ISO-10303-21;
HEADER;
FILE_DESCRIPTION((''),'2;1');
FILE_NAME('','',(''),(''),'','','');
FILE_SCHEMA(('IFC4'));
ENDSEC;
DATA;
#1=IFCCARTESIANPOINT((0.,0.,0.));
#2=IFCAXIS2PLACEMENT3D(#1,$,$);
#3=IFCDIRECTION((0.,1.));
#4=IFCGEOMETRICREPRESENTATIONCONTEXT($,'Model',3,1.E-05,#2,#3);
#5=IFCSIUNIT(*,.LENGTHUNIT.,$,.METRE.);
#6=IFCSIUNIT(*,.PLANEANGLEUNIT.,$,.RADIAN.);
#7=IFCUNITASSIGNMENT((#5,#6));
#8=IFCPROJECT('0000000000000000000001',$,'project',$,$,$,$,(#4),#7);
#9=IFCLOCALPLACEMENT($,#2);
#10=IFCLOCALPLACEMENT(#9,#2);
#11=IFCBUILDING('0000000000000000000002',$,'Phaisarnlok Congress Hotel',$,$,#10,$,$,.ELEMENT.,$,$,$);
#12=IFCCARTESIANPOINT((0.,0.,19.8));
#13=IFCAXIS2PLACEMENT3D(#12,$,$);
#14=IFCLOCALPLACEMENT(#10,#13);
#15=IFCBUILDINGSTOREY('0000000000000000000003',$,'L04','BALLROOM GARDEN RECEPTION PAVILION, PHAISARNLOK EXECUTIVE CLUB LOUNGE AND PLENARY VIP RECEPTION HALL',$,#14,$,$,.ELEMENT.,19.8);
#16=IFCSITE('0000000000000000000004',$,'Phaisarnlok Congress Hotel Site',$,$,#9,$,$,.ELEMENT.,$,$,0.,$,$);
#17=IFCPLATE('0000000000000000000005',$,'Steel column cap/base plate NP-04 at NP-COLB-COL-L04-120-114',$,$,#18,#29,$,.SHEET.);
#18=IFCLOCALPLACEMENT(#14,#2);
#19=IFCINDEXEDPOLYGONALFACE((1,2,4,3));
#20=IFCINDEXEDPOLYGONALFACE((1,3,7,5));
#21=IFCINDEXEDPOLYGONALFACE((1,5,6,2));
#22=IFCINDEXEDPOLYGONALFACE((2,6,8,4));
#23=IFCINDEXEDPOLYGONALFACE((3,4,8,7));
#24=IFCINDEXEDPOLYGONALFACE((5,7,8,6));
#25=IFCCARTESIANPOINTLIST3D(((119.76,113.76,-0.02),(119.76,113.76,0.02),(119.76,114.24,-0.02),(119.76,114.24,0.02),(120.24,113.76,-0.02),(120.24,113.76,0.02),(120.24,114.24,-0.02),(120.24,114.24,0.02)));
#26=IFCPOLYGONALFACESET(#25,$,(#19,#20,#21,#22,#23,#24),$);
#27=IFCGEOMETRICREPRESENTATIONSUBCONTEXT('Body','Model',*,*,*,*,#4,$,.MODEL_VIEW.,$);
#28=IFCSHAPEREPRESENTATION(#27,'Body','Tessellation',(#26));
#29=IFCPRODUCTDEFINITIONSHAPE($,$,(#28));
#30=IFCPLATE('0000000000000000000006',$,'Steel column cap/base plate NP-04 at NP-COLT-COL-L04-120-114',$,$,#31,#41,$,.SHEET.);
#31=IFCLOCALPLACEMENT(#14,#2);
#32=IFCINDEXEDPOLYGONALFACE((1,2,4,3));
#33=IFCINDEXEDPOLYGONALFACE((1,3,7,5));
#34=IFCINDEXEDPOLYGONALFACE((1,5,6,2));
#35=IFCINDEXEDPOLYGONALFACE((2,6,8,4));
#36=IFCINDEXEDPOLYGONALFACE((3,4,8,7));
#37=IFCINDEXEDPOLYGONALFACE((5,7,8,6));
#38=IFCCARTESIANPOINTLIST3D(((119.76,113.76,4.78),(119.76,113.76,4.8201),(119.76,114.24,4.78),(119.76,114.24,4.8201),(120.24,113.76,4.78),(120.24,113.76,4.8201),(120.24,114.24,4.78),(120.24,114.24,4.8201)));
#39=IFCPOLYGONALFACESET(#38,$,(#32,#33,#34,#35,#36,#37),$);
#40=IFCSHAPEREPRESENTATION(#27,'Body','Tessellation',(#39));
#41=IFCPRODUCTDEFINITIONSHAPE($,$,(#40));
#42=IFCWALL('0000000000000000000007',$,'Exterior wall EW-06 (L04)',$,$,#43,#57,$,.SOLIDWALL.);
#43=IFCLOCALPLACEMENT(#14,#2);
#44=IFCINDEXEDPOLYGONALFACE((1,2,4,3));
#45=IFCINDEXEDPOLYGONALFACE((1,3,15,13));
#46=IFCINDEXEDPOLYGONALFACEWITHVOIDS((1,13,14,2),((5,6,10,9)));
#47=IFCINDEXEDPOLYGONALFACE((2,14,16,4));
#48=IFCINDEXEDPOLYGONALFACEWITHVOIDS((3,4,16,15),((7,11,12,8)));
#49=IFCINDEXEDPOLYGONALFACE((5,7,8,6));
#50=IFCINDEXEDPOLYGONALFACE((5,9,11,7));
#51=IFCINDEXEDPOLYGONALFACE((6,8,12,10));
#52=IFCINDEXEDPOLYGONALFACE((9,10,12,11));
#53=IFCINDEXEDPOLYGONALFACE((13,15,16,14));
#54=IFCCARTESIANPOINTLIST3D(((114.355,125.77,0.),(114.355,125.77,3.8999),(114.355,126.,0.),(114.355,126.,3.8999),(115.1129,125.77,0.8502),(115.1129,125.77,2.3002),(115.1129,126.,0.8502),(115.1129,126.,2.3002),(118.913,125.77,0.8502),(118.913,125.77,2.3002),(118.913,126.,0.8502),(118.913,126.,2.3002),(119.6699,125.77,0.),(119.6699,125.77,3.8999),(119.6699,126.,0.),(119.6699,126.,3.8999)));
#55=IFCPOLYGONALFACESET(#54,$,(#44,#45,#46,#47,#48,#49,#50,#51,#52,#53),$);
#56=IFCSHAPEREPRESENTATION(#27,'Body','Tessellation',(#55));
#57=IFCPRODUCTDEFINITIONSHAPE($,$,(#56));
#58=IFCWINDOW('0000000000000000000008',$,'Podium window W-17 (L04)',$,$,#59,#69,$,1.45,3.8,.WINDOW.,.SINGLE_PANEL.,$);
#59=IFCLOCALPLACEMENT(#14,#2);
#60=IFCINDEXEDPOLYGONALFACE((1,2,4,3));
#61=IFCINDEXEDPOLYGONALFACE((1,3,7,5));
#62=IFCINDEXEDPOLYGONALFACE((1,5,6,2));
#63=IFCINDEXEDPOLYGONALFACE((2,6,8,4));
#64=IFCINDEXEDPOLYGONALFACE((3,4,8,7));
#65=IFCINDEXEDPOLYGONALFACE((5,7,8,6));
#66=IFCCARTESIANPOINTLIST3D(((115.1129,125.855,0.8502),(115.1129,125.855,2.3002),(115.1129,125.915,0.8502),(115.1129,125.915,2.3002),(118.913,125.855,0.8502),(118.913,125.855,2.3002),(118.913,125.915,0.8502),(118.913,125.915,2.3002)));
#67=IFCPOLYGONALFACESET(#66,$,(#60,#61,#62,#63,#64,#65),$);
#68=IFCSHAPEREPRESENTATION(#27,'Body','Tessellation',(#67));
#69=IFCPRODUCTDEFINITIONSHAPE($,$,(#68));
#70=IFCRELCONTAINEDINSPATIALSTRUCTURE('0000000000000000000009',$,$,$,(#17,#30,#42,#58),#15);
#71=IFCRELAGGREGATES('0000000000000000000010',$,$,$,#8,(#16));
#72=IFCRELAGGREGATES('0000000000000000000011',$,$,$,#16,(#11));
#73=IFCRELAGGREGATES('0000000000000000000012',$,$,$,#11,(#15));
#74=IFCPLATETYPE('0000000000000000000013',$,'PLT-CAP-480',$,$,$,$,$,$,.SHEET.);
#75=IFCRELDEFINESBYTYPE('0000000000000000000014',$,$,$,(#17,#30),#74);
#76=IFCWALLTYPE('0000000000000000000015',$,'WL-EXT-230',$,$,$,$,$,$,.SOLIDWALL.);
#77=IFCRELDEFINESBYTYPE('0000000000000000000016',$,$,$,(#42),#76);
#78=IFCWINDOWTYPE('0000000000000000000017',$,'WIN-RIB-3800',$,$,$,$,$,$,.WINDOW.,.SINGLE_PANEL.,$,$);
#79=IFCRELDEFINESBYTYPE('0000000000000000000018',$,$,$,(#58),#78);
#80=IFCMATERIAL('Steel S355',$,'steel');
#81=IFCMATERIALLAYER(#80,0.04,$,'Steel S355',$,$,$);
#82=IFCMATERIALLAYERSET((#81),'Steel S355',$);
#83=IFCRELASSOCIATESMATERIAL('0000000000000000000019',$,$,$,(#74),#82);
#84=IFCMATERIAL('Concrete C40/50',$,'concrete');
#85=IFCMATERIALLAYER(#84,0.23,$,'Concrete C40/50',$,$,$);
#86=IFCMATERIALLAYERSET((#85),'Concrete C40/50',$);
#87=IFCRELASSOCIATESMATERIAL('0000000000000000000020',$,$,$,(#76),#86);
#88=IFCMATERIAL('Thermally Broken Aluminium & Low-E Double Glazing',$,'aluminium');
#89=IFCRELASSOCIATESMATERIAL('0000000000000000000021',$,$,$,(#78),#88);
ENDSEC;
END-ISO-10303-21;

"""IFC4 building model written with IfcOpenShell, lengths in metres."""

from ifc_helpers import new_model, si_unit, direction, frame, frame_2d, origin, origin_2d, place, context, subcontext, project, spatial, rectangle, extrude, material, layer, layer_set, type_object, element, fill, save


model = new_model("IFC4")

# Units and contexts
model_context = context("Model", 3, precision=1e-05, world=origin(), true_north=direction((0.0, 1.0)))
body_context = subcontext(model_context, "Body", "Model", "MODEL_VIEW")
ifc_project = project(units=[si_unit("LENGTHUNIT", "METRE"), si_unit("PLANEANGLEUNIT", "RADIAN")], contexts=[model_context])

# Site, building, storey
site_placement = place(None, origin())
site = spatial("IfcSite", under=ifc_project, at=site_placement, Name="Phaisarnlok Congress Hotel Site", CompositionType="ELEMENT", RefElevation=0.0)
building_placement = place(site_placement, origin())
building = spatial("IfcBuilding", under=site, at=building_placement, Name="Phaisarnlok Congress Hotel", CompositionType="ELEMENT")
storey_placement = place(building_placement, frame((0.0, 0.0, 19.8)))
storey = spatial("IfcBuildingStorey", under=building, at=storey_placement, Name="L04", Description="BALLROOM GARDEN RECEPTION PAVILION, PHAISARNLOK EXECUTIVE CLUB LOUNGE AND PLENARY VIP RECEPTION HALL", CompositionType="ELEMENT", Elevation=19.8)

# Shared definitions
ifc_material_1 = material(Name="Steel S355", Category="steel")

# Shared definitions
ifc_material_2 = material(Name="Concrete C40/50", Category="concrete")

# Plates
ifc_layer_1 = layer(ifc_material_1, 0.04, Name="Steel S355")
ifc_layer_set_1 = layer_set([ifc_layer_1], Name="Steel S355")
plate_type_1 = type_object("IfcPlateType", Name="PLT-CAP-480", PredefinedType="SHEET", material=ifc_layer_set_1)
for number, where, z_axis, x_axis, name in (
    (1, (120.0, 114.0, -0.02), (0.0, 0.0, 1.0), (1.0, 0.0, 0.0), "Steel column cap/base plate NP-04 at NP-COLB-COL-L04-120-114"),
    (2, (120.0, 114.0, 4.78), (0.0, 0.0, 1.0), (1.0, 0.0, 0.0), "Steel column cap/base plate NP-04 at NP-COLT-COL-L04-120-114"),
):
    element("IfcPlate", number, at=place(storey_placement, frame(where, z_axis=z_axis, x_axis=x_axis)), inside=storey, type_object=plate_type_1, Name=name, PredefinedType="SHEET", context=body_context, shape_type="SweptSolid", body=[
        extrude(rectangle(XDim=0.48, YDim=0.48, at=origin_2d()), origin(), (0.0, 0.0, 1.0), 0.04),
    ])

# Wall, opening, window
ifc_layer_2 = layer(ifc_material_2, 0.23, Name="Concrete C40/50")
ifc_layer_set_2 = layer_set([ifc_layer_2], Name="Concrete C40/50")
wall_type = type_object("IfcWallType", Name="WL-EXT-230", PredefinedType="SOLIDWALL", material=ifc_layer_set_2)
wall_placement = place(storey_placement, frame((119.6699, 125.885, 0.0), z_axis=(0.0, 0.0, 1.0), x_axis=(-1.0, 0.0, 0.0)))
wall = element("IfcWall", 3, at=wall_placement, inside=storey, type_object=wall_type, Name="Exterior wall EW-06 (L04)", PredefinedType="SOLIDWALL", context=body_context, shape_type="SweptSolid", body=[
    extrude(rectangle(XDim=5.3149, YDim=0.23, at=frame_2d((2.6575, 0.0))), origin(), (0.0, 0.0, 1.0), 3.8999),
])
opening_placement = place(wall_placement, frame((0.7571, 0.0, 0.8501)))
opening = element("IfcOpeningElement", 4, at=opening_placement, cuts=wall, PredefinedType="OPENING", context=body_context, shape_type="SweptSolid", body=[
    extrude(rectangle(XDim=3.8, YDim=1.45, at=frame_2d((1.8999, 0.7251))), frame((0.0, 0.125, 0.0), z_axis=(0.0, -1.0, 0.0), x_axis=(1.0, 0.0, 0.0)), (0.0, 0.0, 1.0), 0.25),
])
ifc_material_3 = material(Name="Thermally Broken Aluminium & Low-E Double Glazing", Category="aluminium")
window_type = type_object("IfcWindowType", Name="WIN-RIB-3800", PartitioningType="SINGLE_PANEL", PredefinedType="WINDOW", material=ifc_material_3)
window_placement = place(opening_placement, origin())
window = element("IfcWindow", 5, at=window_placement, inside=storey, type_object=window_type, Name="Podium window W-17 (L04)", OverallHeight=1.45, OverallWidth=3.8, PartitioningType="SINGLE_PANEL", PredefinedType="WINDOW", context=body_context, shape_type="SweptSolid", body=[
    extrude(rectangle(XDim=3.8, YDim=1.45, at=frame_2d((1.8999, 0.7251))), frame((0.0, 0.03, 0.0), z_axis=(0.0, -1.0, 0.0), x_axis=(1.0, 0.0, 0.0)), (0.0, 0.0, 1.0), 0.0601),
])
fill(opening, window)

save(model, "model.ifc")
